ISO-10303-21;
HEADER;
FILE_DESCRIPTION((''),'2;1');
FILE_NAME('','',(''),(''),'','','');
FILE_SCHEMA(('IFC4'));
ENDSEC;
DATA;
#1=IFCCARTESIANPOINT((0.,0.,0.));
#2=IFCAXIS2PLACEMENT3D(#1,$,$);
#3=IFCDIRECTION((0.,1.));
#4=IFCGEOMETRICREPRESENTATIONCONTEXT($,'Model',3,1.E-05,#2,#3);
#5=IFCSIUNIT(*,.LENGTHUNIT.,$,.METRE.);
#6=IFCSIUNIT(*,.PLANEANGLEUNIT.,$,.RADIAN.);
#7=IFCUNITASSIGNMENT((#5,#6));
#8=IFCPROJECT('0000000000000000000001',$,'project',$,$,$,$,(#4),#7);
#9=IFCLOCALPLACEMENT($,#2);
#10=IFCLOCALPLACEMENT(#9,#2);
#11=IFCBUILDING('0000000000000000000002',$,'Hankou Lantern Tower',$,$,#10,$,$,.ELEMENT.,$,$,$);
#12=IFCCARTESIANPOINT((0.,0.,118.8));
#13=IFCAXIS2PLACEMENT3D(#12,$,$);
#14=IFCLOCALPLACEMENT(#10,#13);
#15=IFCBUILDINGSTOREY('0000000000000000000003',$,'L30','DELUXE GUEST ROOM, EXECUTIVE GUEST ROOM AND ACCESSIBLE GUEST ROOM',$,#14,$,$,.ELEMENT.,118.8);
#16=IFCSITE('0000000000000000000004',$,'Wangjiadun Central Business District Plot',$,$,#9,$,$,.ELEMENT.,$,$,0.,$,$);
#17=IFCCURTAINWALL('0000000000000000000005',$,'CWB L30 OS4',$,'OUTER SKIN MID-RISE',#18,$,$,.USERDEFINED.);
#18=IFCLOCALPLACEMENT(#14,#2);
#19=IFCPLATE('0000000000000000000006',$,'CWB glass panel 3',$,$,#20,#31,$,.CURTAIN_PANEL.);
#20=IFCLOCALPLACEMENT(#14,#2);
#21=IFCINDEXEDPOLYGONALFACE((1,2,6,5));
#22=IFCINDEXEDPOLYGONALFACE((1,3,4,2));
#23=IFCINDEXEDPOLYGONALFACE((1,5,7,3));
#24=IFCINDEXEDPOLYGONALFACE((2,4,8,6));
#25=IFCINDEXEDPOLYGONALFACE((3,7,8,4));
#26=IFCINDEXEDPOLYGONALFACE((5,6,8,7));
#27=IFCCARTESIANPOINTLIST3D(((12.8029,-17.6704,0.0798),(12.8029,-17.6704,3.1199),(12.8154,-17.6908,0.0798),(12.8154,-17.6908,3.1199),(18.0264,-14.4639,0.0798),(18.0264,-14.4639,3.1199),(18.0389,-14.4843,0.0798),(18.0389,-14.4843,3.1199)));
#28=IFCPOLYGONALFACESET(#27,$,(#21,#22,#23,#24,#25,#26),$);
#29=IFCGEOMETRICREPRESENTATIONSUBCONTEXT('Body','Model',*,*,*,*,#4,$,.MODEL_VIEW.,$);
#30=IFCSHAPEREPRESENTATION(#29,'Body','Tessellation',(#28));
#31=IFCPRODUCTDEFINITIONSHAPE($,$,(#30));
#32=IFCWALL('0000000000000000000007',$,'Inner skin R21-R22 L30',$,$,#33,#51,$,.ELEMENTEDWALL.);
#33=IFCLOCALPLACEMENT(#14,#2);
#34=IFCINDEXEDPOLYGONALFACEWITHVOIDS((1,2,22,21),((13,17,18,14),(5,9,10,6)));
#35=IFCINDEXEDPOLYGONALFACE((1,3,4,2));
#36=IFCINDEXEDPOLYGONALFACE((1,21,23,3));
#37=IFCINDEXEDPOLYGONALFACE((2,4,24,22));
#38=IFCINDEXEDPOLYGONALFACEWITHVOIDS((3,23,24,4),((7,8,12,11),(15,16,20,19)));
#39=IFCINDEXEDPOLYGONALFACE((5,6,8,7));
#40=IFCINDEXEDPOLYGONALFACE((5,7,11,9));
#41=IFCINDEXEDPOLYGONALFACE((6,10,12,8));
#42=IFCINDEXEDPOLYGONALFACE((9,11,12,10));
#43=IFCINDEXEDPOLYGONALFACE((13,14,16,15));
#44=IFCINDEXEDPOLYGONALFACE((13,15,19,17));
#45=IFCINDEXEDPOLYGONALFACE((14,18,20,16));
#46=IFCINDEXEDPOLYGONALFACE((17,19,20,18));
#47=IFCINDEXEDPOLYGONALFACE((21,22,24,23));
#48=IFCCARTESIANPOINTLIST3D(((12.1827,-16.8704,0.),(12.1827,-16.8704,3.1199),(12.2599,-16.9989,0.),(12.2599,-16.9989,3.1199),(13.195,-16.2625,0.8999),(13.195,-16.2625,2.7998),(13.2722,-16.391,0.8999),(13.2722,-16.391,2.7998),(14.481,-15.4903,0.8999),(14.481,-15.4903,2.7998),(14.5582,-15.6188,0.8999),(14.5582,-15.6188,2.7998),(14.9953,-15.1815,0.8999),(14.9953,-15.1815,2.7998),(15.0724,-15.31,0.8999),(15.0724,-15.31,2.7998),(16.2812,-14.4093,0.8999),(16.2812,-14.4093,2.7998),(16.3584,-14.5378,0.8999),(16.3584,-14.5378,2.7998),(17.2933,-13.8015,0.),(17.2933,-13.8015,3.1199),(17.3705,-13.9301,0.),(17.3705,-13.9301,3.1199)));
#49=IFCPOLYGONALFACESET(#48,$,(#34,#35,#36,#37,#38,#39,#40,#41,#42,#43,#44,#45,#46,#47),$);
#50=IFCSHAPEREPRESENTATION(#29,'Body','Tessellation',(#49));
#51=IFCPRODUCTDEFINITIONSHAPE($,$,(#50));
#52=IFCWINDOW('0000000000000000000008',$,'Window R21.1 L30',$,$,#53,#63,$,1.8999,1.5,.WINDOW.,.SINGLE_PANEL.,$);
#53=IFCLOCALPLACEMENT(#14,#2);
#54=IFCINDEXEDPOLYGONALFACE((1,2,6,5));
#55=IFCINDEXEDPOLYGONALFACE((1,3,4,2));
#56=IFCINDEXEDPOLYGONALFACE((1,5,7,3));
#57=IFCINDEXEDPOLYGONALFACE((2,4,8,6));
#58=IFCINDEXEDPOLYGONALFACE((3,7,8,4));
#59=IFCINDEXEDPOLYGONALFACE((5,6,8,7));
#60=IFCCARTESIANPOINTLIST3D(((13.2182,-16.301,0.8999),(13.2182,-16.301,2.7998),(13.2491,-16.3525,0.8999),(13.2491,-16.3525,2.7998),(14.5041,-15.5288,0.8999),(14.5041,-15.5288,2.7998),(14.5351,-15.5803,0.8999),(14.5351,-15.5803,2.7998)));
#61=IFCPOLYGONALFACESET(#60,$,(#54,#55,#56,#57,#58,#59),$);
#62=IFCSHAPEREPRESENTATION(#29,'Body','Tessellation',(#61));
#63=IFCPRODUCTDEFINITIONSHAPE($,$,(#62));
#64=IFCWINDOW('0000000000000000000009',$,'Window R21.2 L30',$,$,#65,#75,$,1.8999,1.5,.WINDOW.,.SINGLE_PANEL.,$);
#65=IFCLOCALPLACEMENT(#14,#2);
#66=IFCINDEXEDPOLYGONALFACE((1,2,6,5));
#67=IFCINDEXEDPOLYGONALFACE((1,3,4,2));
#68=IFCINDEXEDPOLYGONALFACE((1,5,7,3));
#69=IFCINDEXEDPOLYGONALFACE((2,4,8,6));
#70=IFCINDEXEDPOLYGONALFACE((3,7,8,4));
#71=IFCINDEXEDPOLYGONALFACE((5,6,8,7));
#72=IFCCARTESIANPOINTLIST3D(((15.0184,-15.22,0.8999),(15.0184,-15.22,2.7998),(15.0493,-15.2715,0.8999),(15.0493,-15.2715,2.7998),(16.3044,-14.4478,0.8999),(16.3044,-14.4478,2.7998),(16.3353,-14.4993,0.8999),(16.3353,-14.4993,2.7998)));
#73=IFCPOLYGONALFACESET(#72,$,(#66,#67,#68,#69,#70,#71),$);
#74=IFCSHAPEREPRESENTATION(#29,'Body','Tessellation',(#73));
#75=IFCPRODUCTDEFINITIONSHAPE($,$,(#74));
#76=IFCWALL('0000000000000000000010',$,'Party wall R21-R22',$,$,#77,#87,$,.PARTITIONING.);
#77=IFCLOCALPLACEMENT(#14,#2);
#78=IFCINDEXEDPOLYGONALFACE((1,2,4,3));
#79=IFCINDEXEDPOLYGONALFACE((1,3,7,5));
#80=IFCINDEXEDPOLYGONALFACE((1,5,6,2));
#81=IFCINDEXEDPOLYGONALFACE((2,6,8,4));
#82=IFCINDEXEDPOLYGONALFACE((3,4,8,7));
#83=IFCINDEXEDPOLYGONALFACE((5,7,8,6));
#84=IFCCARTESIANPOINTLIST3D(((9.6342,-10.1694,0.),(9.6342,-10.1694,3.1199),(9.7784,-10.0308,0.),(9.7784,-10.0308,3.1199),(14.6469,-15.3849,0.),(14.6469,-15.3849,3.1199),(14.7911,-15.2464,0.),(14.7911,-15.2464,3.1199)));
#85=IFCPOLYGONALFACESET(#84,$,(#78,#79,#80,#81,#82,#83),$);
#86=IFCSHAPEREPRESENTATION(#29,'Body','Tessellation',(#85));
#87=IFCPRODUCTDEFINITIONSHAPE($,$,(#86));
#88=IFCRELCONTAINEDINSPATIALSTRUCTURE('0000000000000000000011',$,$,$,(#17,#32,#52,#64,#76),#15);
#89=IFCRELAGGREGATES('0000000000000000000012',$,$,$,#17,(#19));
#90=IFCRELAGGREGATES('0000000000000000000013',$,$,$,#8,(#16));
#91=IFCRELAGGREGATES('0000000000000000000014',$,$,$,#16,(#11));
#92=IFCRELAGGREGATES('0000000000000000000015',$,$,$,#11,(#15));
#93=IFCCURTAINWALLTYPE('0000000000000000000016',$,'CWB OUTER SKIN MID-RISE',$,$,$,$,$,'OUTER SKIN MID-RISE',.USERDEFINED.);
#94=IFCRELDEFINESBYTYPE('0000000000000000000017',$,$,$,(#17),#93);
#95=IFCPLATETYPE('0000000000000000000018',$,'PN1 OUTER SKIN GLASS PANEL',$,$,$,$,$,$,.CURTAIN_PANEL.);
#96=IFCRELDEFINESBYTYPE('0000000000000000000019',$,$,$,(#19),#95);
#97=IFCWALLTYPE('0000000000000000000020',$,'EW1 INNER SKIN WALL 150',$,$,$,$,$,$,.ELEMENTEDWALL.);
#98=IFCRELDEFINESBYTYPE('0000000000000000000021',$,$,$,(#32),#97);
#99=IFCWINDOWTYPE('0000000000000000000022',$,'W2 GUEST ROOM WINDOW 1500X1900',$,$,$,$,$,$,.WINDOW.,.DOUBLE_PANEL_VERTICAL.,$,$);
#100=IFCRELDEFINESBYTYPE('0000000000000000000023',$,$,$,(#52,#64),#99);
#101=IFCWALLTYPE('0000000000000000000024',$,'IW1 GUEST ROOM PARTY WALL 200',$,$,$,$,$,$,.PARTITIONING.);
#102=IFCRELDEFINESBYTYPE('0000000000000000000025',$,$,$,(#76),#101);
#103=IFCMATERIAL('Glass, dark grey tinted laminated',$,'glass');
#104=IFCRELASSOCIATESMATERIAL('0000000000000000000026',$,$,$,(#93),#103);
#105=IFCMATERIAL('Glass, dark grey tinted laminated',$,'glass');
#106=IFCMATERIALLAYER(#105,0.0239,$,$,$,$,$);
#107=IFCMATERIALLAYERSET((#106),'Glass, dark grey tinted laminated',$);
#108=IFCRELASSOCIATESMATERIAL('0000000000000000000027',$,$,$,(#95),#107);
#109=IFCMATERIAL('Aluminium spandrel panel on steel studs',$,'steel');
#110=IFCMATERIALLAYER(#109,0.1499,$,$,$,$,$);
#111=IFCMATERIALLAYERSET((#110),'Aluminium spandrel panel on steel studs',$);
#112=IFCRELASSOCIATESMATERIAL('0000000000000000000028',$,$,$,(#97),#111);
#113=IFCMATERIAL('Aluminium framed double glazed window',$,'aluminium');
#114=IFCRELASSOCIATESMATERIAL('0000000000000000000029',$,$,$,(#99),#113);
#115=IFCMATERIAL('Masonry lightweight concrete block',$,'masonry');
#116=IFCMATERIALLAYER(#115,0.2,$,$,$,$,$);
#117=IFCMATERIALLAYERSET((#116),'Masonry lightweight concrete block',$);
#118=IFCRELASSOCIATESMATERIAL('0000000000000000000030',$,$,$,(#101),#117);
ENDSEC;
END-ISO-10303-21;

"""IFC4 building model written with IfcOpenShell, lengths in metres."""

from ifc_helpers import new_model, si_unit, direction, frame, frame_2d, origin, origin_2d, place, context, subcontext, project, spatial, rectangle, extrude, material, layer, layer_set, type_object, element, fill, aggregate, save


model = new_model("IFC4")

# Units and contexts
model_context = context("Model", 3, precision=1e-05, world=origin(), true_north=direction((0.0, 1.0)))
body_context = subcontext(model_context, "Body", "Model", "MODEL_VIEW")
ifc_project = project(units=[si_unit("LENGTHUNIT", "METRE"), si_unit("PLANEANGLEUNIT", "RADIAN")], contexts=[model_context])

# Site, building, storey
site_placement = place(None, origin())
site = spatial("IfcSite", under=ifc_project, at=site_placement, Name="Wangjiadun Central Business District Plot", CompositionType="ELEMENT", RefElevation=0.0)
building_placement = place(site_placement, origin())
building = spatial("IfcBuilding", under=site, at=building_placement, Name="Hankou Lantern Tower", CompositionType="ELEMENT")
storey_placement = place(building_placement, frame((0.0, 0.0, 118.8)))
storey = spatial("IfcBuildingStorey", under=building, at=storey_placement, Name="L30", Description="DELUXE GUEST ROOM, EXECUTIVE GUEST ROOM AND ACCESSIBLE GUEST ROOM", CompositionType="ELEMENT", Elevation=118.8)

# Curtain wall
ifc_material_1 = material(Name="Glass, dark grey tinted laminated", Category="glass")
curtain_wall_type = type_object("IfcCurtainWallType", Name="CWB OUTER SKIN MID-RISE", ElementType="OUTER SKIN MID-RISE", PredefinedType="USERDEFINED", material=ifc_material_1)
curtain_wall_placement = place(storey_placement, origin())
curtain_wall = element("IfcCurtainWall", 1, at=curtain_wall_placement, inside=storey, type_object=curtain_wall_type, Name="CWB L30 OS4", ObjectType="OUTER SKIN MID-RISE", PredefinedType="USERDEFINED")

# Plate
ifc_material_2 = material(Name="Glass, dark grey tinted laminated", Category="glass")
ifc_layer_1 = layer(ifc_material_2, 0.0239)
ifc_layer_set_1 = layer_set([ifc_layer_1], Name="Glass, dark grey tinted laminated")
plate_type = type_object("IfcPlateType", Name="PN1 OUTER SKIN GLASS PANEL", PredefinedType="CURTAIN_PANEL", material=ifc_layer_set_1)
plate_placement = place(storey_placement, frame((15.4209, -16.0774, 0.0798), z_axis=(0.0, 0.0, 1.0), x_axis=(0.852237, 0.523156, 0.0)))
plate = element("IfcPlate", 2, at=plate_placement, type_object=plate_type, Name="CWB glass panel 3", PredefinedType="CURTAIN_PANEL", context=body_context, shape_type="SweptSolid", body=[
    extrude(rectangle(XDim=6.1292, YDim=0.0239, at=origin_2d()), origin(), (0.0, 0.0, 1.0), 3.04),
])
aggregate(curtain_wall, [plate])

# Wall, openings, windows
ifc_material_3 = material(Name="Aluminium spandrel panel on steel studs", Category="steel")
ifc_layer_2 = layer(ifc_material_3, 0.1499)
ifc_layer_set_2 = layer_set([ifc_layer_2], Name="Aluminium spandrel panel on steel studs")
wall_type_1 = type_object("IfcWallType", Name="EW1 INNER SKIN WALL 150", PredefinedType="ELEMENTEDWALL", material=ifc_layer_set_2)
wall_1_placement = place(storey_placement, frame((12.2214, -16.9346, 0.0), z_axis=(0.0, 0.0, 1.0), x_axis=(0.857309, 0.514803, 0.0)))
wall_1 = element("IfcWall", 3, at=wall_1_placement, inside=storey, type_object=wall_type_1, Name="Inner skin R21-R22 L30", PredefinedType="ELEMENTEDWALL", context=body_context, shape_type="SweptSolid", body=[
    extrude(rectangle(XDim=5.9612, YDim=0.1499, at=frame_2d((2.9805, 0.0))), origin(), (0.0, 0.0, 1.0), 3.1199),
])
opening_1_placement = place(wall_1_placement, frame((1.1807, 0.0, 0.8999)))
opening_1 = element("IfcOpeningElement", 4, at=opening_1_placement, cuts=wall_1, PredefinedType="OPENING", context=body_context, shape_type="SweptSolid", body=[
    extrude(rectangle(XDim=1.5, YDim=1.8999, at=frame_2d((0.75, 0.95))), frame((0.0, 0.085, 0.0), z_axis=(0.0, -1.0, 0.0), x_axis=(1.0, 0.0, 0.0)), (0.0, 0.0, 1.0), 0.1699),
])
opening_2_placement = place(wall_1_placement, frame((3.2805, 0.0, 0.8999)))
opening_2 = element("IfcOpeningElement", 5, at=opening_2_placement, cuts=wall_1, PredefinedType="OPENING", context=body_context, shape_type="SweptSolid", body=[
    extrude(rectangle(XDim=1.5, YDim=1.8999, at=frame_2d((0.75, 0.95))), frame((0.0, 0.085, 0.0), z_axis=(0.0, -1.0, 0.0), x_axis=(1.0, 0.0, 0.0)), (0.0, 0.0, 1.0), 0.1699),
])
ifc_material_4 = material(Name="Aluminium framed double glazed window", Category="aluminium")
window_type = type_object("IfcWindowType", Name="W2 GUEST ROOM WINDOW 1500X1900", PartitioningType="DOUBLE_PANEL_VERTICAL", PredefinedType="WINDOW", material=ifc_material_4)
window_1_placement = place(opening_1_placement, origin())
window_1 = element("IfcWindow", 6, at=window_1_placement, inside=storey, type_object=window_type, Name="Window R21.1 L30", OverallHeight=1.8999, OverallWidth=1.5, PartitioningType="SINGLE_PANEL", PredefinedType="WINDOW", context=body_context, shape_type="SweptSolid", body=[
    extrude(rectangle(XDim=1.5, YDim=1.8999, at=frame_2d((0.75, 0.95))), frame((0.0, 0.03, 0.0), z_axis=(0.0, -1.0, 0.0), x_axis=(1.0, 0.0, 0.0)), (0.0, 0.0, 1.0), 0.0601),
])
fill(opening_1, window_1)
window_2_placement = place(opening_2_placement, origin())
window_2 = element("IfcWindow", 7, at=window_2_placement, inside=storey, type_object=window_type, Name="Window R21.2 L30", OverallHeight=1.8999, OverallWidth=1.5, PartitioningType="SINGLE_PANEL", PredefinedType="WINDOW", context=body_context, shape_type="SweptSolid", body=[
    extrude(rectangle(XDim=1.5, YDim=1.8999, at=frame_2d((0.75, 0.95))), frame((0.0, 0.03, 0.0), z_axis=(0.0, -1.0, 0.0), x_axis=(1.0, 0.0, 0.0)), (0.0, 0.0, 1.0), 0.0601),
])
fill(opening_2, window_2)

# Wall
ifc_material_5 = material(Name="Masonry lightweight concrete block", Category="masonry")
ifc_layer_3 = layer(ifc_material_5, 0.2)
ifc_layer_set_3 = layer_set([ifc_layer_3], Name="Masonry lightweight concrete block")
wall_type_2 = type_object("IfcWallType", Name="IW1 GUEST ROOM PARTY WALL 200", PredefinedType="PARTITIONING", material=ifc_layer_set_3)
wall_2_placement = place(storey_placement, frame((9.7063, -10.1001, 0.0), z_axis=(0.0, 0.0, 1.0), x_axis=(0.692945, -0.720991, 0.0)))
element("IfcWall", 8, at=wall_2_placement, inside=storey, type_object=wall_type_2, Name="Party wall R21-R22", PredefinedType="PARTITIONING", context=body_context, shape_type="SweptSolid", body=[
    extrude(rectangle(XDim=7.2339, YDim=0.2, at=frame_2d((3.6169, 0.0))), origin(), (0.0, 0.0, 1.0), 3.1199),
])

save(model, "model.ifc")
